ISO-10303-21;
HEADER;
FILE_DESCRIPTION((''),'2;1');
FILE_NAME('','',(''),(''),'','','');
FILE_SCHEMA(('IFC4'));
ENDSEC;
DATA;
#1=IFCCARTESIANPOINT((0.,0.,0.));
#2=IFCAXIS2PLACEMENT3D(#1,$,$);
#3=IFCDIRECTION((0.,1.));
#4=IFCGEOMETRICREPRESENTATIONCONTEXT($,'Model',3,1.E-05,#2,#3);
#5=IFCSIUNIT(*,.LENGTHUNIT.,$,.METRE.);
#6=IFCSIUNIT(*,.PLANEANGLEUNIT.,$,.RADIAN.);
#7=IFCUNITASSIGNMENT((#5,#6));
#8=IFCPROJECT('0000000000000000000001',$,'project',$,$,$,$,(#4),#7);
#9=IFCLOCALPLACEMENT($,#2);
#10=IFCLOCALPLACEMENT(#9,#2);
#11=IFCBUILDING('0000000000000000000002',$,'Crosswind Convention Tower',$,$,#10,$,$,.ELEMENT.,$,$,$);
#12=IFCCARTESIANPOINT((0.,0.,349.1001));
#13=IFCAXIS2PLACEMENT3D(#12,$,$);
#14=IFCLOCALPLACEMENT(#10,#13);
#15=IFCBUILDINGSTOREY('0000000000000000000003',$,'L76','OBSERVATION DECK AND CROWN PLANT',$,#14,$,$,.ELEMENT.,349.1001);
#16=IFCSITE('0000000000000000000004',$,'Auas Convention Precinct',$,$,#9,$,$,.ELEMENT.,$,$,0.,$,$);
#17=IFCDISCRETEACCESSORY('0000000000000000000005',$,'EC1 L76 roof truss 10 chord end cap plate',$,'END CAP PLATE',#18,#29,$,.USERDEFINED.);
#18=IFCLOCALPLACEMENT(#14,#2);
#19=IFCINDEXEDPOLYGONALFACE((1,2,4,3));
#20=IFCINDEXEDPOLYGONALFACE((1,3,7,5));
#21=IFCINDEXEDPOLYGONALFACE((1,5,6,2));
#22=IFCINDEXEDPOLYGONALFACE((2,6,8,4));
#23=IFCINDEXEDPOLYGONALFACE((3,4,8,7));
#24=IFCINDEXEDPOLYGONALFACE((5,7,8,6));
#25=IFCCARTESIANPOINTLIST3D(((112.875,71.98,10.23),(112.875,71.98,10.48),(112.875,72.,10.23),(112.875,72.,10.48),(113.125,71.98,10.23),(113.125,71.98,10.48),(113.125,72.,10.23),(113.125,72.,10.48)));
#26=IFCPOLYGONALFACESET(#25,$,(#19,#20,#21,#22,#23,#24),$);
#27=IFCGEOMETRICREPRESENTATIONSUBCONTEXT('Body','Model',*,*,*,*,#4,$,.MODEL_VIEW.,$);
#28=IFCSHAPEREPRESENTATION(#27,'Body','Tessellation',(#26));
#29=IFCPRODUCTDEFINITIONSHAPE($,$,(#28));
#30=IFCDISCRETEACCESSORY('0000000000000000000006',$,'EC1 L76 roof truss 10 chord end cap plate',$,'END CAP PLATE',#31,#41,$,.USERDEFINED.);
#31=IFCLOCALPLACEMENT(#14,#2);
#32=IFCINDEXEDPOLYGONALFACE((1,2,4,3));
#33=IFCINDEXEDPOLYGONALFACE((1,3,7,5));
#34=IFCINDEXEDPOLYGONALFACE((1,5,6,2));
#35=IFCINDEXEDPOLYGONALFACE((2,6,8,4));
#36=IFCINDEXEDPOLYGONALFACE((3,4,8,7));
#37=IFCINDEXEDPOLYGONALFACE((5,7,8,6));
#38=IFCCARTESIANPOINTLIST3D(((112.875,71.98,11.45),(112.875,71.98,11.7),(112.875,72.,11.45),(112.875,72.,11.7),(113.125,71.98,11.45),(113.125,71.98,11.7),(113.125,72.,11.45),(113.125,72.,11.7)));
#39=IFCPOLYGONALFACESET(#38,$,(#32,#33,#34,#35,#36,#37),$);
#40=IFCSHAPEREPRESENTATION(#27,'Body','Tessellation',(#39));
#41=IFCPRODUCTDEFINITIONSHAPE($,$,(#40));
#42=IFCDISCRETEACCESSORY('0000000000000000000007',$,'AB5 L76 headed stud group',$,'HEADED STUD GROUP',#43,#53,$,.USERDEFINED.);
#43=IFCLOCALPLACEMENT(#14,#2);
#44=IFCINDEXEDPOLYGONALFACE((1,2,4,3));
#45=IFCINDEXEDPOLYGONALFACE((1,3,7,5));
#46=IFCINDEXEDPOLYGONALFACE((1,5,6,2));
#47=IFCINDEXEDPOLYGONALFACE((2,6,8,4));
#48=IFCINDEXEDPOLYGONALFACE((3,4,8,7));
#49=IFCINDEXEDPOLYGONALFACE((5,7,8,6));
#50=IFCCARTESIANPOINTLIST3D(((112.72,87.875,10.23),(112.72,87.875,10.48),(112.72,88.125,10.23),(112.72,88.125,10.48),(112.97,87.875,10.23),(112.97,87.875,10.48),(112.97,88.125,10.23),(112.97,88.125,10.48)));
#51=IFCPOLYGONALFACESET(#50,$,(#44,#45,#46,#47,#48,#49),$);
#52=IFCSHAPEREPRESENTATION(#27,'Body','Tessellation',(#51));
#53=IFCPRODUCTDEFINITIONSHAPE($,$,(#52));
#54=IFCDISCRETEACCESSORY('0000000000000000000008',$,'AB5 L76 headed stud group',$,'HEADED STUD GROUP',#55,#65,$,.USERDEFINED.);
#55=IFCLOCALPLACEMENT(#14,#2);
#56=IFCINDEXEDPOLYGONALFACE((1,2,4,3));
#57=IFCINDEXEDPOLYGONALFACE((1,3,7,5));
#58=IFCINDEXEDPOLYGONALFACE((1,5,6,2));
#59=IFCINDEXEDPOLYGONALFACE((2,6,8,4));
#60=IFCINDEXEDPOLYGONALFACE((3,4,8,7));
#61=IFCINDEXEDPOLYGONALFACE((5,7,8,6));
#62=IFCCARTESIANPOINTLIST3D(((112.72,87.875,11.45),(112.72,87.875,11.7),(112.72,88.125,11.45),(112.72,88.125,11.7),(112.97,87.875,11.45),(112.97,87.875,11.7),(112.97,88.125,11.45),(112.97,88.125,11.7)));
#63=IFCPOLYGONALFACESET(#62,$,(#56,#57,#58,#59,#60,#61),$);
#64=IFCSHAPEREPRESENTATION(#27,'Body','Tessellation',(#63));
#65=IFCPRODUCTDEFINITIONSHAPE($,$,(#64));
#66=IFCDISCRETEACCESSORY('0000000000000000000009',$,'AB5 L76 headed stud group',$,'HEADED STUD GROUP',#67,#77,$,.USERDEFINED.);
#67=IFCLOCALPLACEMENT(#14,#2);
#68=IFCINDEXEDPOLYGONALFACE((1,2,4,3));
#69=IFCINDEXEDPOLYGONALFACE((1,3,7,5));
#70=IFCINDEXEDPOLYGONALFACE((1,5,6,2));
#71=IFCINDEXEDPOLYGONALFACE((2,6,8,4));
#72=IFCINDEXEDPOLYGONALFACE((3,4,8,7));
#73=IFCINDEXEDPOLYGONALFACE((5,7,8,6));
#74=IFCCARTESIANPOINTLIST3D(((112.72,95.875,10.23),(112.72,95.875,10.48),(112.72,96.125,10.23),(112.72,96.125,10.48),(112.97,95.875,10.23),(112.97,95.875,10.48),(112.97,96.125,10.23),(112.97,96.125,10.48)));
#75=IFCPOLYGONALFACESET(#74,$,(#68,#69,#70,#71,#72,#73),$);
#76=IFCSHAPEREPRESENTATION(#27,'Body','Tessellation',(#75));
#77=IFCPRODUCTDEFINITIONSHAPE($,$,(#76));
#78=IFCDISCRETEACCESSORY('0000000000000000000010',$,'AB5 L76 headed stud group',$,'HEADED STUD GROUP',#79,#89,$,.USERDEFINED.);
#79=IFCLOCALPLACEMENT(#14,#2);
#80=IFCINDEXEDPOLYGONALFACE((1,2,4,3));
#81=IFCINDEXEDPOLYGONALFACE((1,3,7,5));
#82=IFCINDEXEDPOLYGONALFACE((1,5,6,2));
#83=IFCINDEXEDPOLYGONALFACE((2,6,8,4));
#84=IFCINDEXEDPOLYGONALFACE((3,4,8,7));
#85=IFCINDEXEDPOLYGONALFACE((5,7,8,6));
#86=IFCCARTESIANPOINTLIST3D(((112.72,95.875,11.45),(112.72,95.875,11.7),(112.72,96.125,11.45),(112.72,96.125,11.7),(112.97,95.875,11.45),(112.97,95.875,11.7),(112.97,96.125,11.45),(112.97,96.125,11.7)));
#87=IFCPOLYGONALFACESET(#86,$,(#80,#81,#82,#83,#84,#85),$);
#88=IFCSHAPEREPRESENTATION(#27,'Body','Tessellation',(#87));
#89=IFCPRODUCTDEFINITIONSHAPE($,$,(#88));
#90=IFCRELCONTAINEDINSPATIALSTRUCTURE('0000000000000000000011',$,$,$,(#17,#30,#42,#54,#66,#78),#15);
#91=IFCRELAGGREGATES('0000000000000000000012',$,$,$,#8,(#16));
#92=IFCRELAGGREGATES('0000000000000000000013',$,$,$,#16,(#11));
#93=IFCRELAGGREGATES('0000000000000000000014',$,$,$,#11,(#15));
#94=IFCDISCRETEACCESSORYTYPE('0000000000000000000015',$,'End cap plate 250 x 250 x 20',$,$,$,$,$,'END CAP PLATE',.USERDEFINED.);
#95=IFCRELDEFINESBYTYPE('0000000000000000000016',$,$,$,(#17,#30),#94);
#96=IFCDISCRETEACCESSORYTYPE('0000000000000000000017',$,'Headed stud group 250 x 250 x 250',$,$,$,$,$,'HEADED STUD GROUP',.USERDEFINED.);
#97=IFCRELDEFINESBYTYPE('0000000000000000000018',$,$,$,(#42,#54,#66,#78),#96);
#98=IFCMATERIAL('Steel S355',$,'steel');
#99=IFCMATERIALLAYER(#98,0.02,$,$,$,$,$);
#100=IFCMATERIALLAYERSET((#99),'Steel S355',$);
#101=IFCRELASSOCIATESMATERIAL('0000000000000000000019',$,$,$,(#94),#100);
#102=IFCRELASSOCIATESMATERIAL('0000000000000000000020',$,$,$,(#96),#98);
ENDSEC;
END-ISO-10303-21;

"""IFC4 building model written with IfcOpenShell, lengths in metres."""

from ifc_helpers import new_model, si_unit, direction, frame, origin, origin_2d, place, context, subcontext, project, spatial, rectangle, extrude, material, layer, layer_set, type_object, element, save


model = new_model("IFC4")

# Units and contexts
model_context = context("Model", 3, precision=1e-05, world=origin(), true_north=direction((0.0, 1.0)))
body_context = subcontext(model_context, "Body", "Model", "MODEL_VIEW")
ifc_project = project(units=[si_unit("LENGTHUNIT", "METRE"), si_unit("PLANEANGLEUNIT", "RADIAN")], contexts=[model_context])

# Site, building, storey
site_placement = place(None, origin())
site = spatial("IfcSite", under=ifc_project, at=site_placement, Name="Auas Convention Precinct", CompositionType="ELEMENT", RefElevation=0.0)
building_placement = place(site_placement, origin())
building = spatial("IfcBuilding", under=site, at=building_placement, Name="Crosswind Convention Tower", CompositionType="ELEMENT")
storey_placement = place(building_placement, frame((0.0, 0.0, 349.1001)))
storey = spatial("IfcBuildingStorey", under=building, at=storey_placement, Name="L76", Description="OBSERVATION DECK AND CROWN PLANT", CompositionType="ELEMENT", Elevation=349.1001)

# Discrete accessories
ifc_material_1 = material(Name="Steel S355", Category="steel")
ifc_layer_1 = layer(ifc_material_1, 0.02)
ifc_layer_set_1 = layer_set([ifc_layer_1], Name="Steel S355")
discrete_accessory_type_1 = type_object("IfcDiscreteAccessoryType", Name="End cap plate 250 x 250 x 20", ElementType="END CAP PLATE", PredefinedType="USERDEFINED", material=ifc_layer_set_1)
for number, where, z_axis, x_axis, name in (
    (1, (113.0, 71.99, 10.23), (0.0, 0.0, 1.0), (1.0, 0.0, 0.0), "EC1 L76 roof truss 10 chord end cap plate"),
    (2, (113.0, 71.99, 11.45), (0.0, 0.0, 1.0), (1.0, 0.0, 0.0), "EC1 L76 roof truss 10 chord end cap plate"),
):
    element("IfcDiscreteAccessory", number, at=place(storey_placement, frame(where, z_axis=z_axis, x_axis=x_axis)), inside=storey, type_object=discrete_accessory_type_1, Name=name, ObjectType="END CAP PLATE", PredefinedType="USERDEFINED", context=body_context, shape_type="SweptSolid", body=[
        extrude(rectangle(XDim=0.25, YDim=0.02, at=origin_2d()), origin(), (0.0, 0.0, 1.0), 0.25),
    ])
discrete_accessory_type_2 = type_object("IfcDiscreteAccessoryType", Name="Headed stud group 250 x 250 x 250", ElementType="HEADED STUD GROUP", PredefinedType="USERDEFINED", material=ifc_material_1)
for number, where, z_axis, x_axis, name in (
    (3, (112.845, 88.0, 10.23), (0.0, 0.0, 1.0), (1.0, 0.0, 0.0), "AB5 L76 headed stud group"),
    (4, (112.845, 88.0, 11.45), (0.0, 0.0, 1.0), (1.0, 0.0, 0.0), "AB5 L76 headed stud group"),
    (5, (112.845, 96.0, 10.23), (0.0, 0.0, 1.0), (1.0, 0.0, 0.0), "AB5 L76 headed stud group"),
    (6, (112.845, 96.0, 11.45), (0.0, 0.0, 1.0), (1.0, 0.0, 0.0), "AB5 L76 headed stud group"),
):
    element("IfcDiscreteAccessory", number, at=place(storey_placement, frame(where, z_axis=z_axis, x_axis=x_axis)), inside=storey, type_object=discrete_accessory_type_2, Name=name, ObjectType="HEADED STUD GROUP", PredefinedType="USERDEFINED", context=body_context, shape_type="SweptSolid", body=[
        extrude(rectangle(XDim=0.25, YDim=0.25, at=origin_2d()), origin(), (0.0, 0.0, 1.0), 0.25),
    ])

save(model, "model.ifc")
